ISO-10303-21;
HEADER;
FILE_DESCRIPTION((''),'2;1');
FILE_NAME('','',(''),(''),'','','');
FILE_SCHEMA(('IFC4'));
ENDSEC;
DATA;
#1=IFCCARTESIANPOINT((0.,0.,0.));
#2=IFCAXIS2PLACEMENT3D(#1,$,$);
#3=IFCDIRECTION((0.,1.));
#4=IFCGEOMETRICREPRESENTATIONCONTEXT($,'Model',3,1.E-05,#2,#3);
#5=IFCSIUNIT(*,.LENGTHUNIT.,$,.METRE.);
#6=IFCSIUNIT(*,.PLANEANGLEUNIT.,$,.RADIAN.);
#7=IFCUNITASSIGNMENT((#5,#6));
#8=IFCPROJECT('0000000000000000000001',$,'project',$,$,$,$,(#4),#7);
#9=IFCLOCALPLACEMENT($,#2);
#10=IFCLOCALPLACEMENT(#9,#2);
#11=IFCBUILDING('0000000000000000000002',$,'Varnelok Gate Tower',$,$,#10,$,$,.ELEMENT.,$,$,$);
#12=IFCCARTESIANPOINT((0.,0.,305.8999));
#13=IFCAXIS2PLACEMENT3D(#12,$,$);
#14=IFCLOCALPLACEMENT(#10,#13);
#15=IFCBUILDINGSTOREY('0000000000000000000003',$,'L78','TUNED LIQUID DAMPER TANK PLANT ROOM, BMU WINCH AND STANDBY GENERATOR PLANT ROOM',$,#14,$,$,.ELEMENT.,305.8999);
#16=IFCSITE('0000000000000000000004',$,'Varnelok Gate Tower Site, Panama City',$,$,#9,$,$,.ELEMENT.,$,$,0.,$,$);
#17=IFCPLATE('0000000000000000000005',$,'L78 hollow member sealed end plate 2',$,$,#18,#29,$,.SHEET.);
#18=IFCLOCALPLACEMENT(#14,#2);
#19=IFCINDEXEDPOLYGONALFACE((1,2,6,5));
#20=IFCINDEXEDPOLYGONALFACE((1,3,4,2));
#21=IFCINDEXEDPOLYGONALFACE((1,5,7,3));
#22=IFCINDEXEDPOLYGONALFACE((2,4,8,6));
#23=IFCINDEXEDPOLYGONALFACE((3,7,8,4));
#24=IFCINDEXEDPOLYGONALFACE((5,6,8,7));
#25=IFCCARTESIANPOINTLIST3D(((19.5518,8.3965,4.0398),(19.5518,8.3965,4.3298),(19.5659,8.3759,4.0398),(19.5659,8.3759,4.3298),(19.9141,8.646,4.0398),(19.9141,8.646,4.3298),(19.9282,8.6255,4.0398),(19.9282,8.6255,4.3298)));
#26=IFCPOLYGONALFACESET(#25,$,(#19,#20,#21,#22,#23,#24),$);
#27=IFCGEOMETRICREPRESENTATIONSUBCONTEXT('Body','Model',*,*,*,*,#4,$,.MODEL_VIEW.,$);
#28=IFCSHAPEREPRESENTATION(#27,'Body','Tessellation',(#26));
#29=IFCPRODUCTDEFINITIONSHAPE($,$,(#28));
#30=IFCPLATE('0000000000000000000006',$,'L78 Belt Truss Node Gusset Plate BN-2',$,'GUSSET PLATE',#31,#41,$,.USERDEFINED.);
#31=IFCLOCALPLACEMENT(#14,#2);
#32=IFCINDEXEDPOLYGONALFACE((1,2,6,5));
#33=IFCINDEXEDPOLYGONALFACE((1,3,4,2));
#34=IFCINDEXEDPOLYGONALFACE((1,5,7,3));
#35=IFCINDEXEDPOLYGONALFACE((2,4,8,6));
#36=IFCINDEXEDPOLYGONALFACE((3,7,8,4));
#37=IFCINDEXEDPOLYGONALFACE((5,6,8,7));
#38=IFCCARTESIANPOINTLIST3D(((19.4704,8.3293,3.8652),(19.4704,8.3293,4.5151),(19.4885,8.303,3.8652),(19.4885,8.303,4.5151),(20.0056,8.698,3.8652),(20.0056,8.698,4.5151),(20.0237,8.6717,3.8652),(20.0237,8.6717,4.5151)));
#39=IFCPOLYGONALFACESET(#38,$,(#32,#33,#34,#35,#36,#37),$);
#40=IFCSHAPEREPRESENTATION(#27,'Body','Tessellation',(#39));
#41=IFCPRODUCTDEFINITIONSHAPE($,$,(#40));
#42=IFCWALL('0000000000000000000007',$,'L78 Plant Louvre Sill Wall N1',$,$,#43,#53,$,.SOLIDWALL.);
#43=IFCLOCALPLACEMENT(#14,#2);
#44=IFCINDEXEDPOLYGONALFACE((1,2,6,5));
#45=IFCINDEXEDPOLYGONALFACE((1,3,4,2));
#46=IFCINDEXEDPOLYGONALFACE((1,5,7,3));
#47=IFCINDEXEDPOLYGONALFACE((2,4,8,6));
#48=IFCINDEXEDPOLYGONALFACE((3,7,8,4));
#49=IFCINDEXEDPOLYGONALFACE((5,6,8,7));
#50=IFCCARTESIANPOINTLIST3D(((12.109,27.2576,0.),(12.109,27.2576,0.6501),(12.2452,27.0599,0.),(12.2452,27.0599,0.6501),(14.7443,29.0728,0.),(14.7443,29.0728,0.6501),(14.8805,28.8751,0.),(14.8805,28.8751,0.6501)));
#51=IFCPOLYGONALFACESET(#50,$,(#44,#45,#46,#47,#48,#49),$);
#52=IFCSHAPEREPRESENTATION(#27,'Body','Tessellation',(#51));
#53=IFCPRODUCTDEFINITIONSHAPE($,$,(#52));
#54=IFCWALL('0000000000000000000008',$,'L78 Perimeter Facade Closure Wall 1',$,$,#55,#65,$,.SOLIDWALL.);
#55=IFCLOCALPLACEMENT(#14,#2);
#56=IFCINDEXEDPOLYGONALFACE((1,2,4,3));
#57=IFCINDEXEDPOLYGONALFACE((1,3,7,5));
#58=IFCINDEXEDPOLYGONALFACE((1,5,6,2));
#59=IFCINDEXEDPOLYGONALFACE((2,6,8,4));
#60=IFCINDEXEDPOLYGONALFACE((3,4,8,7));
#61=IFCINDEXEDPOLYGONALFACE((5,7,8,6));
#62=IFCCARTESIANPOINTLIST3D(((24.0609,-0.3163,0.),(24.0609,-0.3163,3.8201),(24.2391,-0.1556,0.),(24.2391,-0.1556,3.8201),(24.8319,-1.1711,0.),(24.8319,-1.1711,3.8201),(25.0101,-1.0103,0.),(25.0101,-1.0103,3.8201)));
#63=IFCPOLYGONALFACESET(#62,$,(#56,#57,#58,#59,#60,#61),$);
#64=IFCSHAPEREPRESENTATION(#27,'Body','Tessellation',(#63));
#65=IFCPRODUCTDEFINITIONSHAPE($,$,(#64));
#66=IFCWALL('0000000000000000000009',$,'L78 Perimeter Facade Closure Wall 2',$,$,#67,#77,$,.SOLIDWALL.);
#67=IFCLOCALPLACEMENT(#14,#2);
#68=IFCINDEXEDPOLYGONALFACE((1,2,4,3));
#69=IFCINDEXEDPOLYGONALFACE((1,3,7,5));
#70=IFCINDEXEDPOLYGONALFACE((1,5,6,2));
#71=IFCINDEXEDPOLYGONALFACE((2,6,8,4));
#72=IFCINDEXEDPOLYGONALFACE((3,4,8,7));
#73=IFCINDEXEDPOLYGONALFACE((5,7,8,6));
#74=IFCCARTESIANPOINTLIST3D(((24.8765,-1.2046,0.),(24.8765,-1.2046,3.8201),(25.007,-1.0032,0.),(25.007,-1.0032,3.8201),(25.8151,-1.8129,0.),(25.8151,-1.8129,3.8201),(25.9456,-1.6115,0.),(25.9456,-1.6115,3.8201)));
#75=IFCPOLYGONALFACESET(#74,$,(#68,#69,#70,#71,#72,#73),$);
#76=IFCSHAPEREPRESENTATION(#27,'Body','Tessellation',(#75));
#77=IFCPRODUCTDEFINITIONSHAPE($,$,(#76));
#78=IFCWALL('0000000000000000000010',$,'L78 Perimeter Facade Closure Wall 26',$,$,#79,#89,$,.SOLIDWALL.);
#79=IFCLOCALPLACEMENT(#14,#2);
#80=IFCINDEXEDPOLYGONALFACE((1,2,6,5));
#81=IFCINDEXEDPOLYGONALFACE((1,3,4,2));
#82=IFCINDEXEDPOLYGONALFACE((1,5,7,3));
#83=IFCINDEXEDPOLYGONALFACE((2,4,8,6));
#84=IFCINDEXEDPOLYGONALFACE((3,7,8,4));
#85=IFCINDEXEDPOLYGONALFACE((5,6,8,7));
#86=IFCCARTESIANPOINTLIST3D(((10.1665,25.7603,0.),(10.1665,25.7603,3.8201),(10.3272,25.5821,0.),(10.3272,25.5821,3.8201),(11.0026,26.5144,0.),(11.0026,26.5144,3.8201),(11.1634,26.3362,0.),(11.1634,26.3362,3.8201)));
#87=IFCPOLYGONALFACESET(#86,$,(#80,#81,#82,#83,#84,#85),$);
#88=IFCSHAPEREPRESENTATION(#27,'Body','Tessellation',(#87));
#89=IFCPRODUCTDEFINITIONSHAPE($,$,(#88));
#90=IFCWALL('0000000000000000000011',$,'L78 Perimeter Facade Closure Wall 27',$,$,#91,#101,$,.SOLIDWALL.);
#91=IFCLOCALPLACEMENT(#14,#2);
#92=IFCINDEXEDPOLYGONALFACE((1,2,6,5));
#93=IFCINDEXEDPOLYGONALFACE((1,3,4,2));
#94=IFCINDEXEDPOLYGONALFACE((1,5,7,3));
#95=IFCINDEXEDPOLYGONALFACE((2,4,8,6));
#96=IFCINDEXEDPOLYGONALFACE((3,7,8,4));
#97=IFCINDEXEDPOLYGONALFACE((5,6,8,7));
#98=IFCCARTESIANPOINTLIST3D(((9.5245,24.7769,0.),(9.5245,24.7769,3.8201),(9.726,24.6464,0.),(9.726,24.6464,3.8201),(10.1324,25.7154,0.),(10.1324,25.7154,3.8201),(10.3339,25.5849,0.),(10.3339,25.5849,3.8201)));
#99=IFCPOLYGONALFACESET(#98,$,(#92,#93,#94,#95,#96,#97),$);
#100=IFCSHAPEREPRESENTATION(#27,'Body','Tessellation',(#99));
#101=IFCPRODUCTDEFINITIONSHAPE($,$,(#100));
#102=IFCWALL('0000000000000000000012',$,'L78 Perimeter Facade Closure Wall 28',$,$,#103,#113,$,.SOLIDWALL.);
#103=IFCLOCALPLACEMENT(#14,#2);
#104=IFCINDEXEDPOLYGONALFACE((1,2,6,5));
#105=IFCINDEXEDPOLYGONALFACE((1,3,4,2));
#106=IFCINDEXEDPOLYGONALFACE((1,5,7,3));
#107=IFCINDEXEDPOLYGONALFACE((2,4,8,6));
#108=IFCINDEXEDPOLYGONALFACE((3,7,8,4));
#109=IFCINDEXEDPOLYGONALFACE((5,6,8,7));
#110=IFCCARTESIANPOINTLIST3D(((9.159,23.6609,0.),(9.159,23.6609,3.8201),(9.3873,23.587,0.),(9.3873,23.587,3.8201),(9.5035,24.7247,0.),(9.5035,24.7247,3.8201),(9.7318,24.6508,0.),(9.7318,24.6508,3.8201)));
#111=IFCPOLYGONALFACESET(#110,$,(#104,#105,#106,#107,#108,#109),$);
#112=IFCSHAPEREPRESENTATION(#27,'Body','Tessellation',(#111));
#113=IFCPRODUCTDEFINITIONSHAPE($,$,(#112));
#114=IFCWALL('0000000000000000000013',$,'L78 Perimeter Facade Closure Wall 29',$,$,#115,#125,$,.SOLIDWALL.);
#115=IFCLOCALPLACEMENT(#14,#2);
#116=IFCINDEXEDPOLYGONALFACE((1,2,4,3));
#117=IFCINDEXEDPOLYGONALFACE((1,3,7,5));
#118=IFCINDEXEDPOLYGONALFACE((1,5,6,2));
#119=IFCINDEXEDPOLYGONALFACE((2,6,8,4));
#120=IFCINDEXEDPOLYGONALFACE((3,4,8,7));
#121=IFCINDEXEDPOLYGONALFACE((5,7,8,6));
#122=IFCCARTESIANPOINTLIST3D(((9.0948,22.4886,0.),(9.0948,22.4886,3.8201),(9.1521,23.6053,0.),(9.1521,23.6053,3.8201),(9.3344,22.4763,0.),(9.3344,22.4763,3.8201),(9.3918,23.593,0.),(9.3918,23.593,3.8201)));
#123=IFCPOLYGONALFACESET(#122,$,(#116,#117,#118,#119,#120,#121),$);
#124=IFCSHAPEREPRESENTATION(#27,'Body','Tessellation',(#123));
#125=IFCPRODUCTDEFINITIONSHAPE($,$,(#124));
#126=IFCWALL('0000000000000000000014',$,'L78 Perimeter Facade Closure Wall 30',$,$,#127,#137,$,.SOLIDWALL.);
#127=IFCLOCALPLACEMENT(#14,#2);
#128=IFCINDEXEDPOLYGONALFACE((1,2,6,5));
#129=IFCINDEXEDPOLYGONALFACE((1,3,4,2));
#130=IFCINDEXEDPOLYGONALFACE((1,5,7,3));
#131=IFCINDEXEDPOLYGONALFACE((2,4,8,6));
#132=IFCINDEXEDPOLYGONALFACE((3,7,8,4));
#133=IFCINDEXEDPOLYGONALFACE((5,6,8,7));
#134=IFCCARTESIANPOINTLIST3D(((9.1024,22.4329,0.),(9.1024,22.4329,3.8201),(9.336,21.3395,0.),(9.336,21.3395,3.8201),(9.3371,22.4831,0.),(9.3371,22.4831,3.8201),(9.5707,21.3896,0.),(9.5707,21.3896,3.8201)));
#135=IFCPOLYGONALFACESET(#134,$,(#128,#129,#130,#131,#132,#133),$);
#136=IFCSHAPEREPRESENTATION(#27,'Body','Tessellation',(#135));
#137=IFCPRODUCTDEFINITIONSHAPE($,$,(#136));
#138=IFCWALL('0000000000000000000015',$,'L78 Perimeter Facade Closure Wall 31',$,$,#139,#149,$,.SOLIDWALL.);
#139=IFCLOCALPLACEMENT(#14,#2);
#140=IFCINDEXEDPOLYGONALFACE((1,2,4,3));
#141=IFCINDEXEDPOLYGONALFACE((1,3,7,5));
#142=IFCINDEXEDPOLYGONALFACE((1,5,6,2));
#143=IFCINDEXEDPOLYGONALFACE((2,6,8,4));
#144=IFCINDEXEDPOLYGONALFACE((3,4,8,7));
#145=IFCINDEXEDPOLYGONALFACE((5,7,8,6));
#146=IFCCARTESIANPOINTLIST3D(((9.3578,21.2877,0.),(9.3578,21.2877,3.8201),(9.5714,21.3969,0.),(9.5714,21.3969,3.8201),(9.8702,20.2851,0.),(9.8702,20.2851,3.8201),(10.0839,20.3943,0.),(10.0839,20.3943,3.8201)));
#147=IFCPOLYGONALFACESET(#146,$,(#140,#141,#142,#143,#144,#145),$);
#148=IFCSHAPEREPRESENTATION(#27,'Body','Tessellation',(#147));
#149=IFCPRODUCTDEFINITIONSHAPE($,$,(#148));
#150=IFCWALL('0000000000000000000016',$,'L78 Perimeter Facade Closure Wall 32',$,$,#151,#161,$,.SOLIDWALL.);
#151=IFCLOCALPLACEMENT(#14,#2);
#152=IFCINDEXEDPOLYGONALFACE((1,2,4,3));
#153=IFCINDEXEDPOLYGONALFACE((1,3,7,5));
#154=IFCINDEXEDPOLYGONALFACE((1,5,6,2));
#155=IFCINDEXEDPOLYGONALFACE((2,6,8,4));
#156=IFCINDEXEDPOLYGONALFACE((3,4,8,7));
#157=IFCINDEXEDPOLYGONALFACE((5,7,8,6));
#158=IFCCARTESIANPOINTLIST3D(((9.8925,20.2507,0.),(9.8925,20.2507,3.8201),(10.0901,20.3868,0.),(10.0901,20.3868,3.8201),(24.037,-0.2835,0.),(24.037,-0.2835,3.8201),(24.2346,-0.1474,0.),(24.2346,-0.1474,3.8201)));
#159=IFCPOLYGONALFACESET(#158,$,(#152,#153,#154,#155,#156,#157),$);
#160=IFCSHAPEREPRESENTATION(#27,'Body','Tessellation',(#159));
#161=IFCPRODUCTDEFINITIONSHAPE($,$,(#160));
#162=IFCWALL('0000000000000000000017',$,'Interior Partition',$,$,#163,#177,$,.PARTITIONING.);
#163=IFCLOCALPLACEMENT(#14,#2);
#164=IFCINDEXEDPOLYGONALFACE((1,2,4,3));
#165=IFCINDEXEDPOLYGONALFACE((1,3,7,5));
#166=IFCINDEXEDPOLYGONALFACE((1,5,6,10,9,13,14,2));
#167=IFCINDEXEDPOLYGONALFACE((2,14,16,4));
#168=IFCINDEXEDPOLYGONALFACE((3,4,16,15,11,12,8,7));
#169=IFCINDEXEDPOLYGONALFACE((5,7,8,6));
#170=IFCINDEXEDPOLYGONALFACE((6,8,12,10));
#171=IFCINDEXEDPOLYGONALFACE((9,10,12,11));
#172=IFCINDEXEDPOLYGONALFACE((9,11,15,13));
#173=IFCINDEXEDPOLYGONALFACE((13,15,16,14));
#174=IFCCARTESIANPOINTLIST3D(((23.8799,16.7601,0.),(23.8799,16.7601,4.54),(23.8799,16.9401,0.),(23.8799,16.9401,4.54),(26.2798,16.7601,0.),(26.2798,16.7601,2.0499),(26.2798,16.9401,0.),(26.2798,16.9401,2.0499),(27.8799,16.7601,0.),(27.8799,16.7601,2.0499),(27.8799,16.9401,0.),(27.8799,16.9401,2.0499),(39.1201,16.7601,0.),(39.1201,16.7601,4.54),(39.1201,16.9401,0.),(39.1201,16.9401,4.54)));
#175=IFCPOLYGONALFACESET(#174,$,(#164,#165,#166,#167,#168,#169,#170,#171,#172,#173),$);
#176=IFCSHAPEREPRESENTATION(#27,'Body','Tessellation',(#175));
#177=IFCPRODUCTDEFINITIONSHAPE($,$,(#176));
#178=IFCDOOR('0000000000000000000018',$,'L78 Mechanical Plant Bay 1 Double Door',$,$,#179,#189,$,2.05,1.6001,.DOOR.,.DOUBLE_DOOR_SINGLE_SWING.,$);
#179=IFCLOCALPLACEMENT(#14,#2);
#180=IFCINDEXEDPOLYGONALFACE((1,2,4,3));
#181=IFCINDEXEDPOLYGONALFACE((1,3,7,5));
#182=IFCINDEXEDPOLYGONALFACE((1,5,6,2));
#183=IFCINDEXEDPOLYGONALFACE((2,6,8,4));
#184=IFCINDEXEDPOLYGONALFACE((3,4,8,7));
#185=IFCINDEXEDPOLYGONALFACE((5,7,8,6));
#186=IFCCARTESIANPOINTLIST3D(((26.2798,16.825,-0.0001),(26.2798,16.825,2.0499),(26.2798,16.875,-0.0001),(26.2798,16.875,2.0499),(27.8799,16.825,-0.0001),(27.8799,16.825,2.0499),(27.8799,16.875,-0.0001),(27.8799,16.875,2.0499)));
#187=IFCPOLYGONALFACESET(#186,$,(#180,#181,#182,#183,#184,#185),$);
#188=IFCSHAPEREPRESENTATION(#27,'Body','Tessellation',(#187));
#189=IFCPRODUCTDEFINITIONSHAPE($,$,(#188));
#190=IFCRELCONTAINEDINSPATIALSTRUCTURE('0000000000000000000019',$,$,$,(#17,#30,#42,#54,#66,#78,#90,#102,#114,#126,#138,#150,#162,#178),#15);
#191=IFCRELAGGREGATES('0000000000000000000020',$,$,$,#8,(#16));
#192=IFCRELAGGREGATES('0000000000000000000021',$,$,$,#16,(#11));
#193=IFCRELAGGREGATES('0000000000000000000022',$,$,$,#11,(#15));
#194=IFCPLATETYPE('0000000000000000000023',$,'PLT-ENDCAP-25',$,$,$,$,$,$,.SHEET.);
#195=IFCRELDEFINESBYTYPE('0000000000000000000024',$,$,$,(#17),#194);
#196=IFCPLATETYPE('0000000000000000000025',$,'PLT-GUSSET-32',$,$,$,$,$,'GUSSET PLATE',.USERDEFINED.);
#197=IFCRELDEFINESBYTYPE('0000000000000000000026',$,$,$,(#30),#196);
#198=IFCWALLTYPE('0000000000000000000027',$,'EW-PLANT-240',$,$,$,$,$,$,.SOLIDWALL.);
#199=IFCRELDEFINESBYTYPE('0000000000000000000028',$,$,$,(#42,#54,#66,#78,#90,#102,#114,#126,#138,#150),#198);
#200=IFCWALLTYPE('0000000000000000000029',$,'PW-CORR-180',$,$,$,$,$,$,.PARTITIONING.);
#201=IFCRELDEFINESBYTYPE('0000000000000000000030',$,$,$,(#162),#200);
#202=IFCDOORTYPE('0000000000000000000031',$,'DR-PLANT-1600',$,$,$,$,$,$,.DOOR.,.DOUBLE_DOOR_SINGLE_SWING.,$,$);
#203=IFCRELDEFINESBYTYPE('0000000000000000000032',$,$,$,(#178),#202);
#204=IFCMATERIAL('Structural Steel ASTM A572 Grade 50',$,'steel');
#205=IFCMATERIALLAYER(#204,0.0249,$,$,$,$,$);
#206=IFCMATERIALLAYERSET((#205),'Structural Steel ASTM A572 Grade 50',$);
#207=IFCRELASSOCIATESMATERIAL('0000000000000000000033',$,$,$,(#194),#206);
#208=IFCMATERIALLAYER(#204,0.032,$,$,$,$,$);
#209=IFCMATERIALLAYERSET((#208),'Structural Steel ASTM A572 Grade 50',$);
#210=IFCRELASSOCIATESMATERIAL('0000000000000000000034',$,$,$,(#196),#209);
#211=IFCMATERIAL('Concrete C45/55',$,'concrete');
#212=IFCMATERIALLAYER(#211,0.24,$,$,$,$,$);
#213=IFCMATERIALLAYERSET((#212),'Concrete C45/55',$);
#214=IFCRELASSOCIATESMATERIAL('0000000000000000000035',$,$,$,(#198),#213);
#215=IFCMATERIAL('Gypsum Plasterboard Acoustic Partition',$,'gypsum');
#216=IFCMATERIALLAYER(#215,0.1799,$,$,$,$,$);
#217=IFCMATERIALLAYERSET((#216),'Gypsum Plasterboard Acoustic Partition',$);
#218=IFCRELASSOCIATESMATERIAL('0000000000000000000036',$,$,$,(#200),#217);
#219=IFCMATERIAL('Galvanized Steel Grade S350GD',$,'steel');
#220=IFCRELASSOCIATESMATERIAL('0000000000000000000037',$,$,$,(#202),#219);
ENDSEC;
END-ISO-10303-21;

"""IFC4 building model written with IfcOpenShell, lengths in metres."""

from ifc_helpers import new_model, si_unit, direction, frame, frame_2d, origin, origin_2d, place, context, subcontext, project, spatial, rectangle, extrude, source, transform, mapped, material, layer, layer_set, type_object, element, fill, save


model = new_model("IFC4")

# Units and contexts
model_context = context("Model", 3, precision=1e-05, world=origin(), true_north=direction((0.0, 1.0)))
body_context = subcontext(model_context, "Body", "Model", "MODEL_VIEW")
ifc_project = project(units=[si_unit("LENGTHUNIT", "METRE"), si_unit("PLANEANGLEUNIT", "RADIAN")], contexts=[model_context])

# Site, building, storey
site_placement = place(None, origin())
site = spatial("IfcSite", under=ifc_project, at=site_placement, Name="Varnelok Gate Tower Site, Panama City", CompositionType="ELEMENT", RefElevation=0.0)
building_placement = place(site_placement, origin())
building = spatial("IfcBuilding", under=site, at=building_placement, Name="Varnelok Gate Tower", CompositionType="ELEMENT")
storey_placement = place(building_placement, frame((0.0, 0.0, 305.8999)))
storey = spatial("IfcBuildingStorey", under=building, at=storey_placement, Name="L78", Description="TUNED LIQUID DAMPER TANK PLANT ROOM, BMU WINCH AND STANDBY GENERATOR PLANT ROOM", CompositionType="ELEMENT", Elevation=305.8999)

# Plates
ifc_material_1 = material(Name="Structural Steel ASTM A572 Grade 50", Category="steel")
ifc_layer_1 = layer(ifc_material_1, 0.0249)
ifc_layer_set_1 = layer_set([ifc_layer_1], Name="Structural Steel ASTM A572 Grade 50")
plate_type_1 = type_object("IfcPlateType", Name="PLT-ENDCAP-25", PredefinedType="SHEET", material=ifc_layer_set_1)
shared_shape_1 = source(origin(), body_context, "Body", "SweptSolid", [
    extrude(rectangle(XDim=0.0249, YDim=0.4399, at=origin_2d()), origin(), (0.0, 0.0, 1.0), 0.29),
])
for number, where, z_axis, x_axis, name in (
    (1, (19.74, 8.511, 4.0398), (0.0, 0.0, 1.0), (0.567269, -0.823533, 0.0), "L78 hollow member sealed end plate 2"),
):
    element("IfcPlate", number, at=place(storey_placement, frame(where, z_axis=z_axis, x_axis=x_axis)), inside=storey, type_object=plate_type_1, Name=name, PredefinedType="SHEET", context=body_context, shape_type="MappedRepresentation", body=[
        mapped(shared_shape_1, transform((0.0, 0.0, 0.0), scale=1.0)),
    ])
ifc_layer_2 = layer(ifc_material_1, 0.032)
ifc_layer_set_2 = layer_set([ifc_layer_2], Name="Structural Steel ASTM A572 Grade 50")
plate_type_2 = type_object("IfcPlateType", Name="PLT-GUSSET-32", ElementType="GUSSET PLATE", PredefinedType="USERDEFINED", material=ifc_layer_set_2)
shared_shape_2 = source(origin(), body_context, "Body", "SweptSolid", [
    extrude(rectangle(XDim=0.6499, YDim=0.032, at=origin_2d()), origin(), (0.0, 0.0, 1.0), 0.6499),
])
plate_placement = place(storey_placement, frame((19.7471, 8.5005, 3.8652), z_axis=(0.0, 0.0, 1.0), x_axis=(0.823533, 0.567269, 0.0)))
element("IfcPlate", 2, at=plate_placement, inside=storey, type_object=plate_type_2, Name="L78 Belt Truss Node Gusset Plate BN-2", ObjectType="GUSSET PLATE", PredefinedType="USERDEFINED", context=body_context, shape_type="MappedRepresentation", body=[
    mapped(shared_shape_2, transform((0.0, 0.0, 0.0), scale=1.0)),
])

# Walls
ifc_material_2 = material(Name="Concrete C45/55", Category="concrete")
ifc_layer_3 = layer(ifc_material_2, 0.24)
ifc_layer_set_3 = layer_set([ifc_layer_3], Name="Concrete C45/55")
wall_type_1 = type_object("IfcWallType", Name="EW-PLANT-240", PredefinedType="SOLIDWALL", material=ifc_layer_set_3)
wall_1_placement = place(storey_placement, frame((12.177, 27.1587, 0.0), z_axis=(0.0, 0.0, 1.0), x_axis=(0.823538, 0.56726, 0.0)))
element("IfcWall", 3, at=wall_1_placement, inside=storey, type_object=wall_type_1, Name="L78 Plant Louvre Sill Wall N1", PredefinedType="SOLIDWALL", context=body_context, shape_type="SweptSolid", body=[
    extrude(rectangle(XDim=3.2, YDim=0.24, at=frame_2d((1.6001, 0.0))), origin(), (0.0, 0.0, 1.0), 0.6501),
])
wall_2_placement = place(storey_placement, frame((24.1499, -0.2358, 0.0), z_axis=(0.0, 0.0, 1.0), x_axis=(0.669796, -0.742545, 0.0)))
element("IfcWall", 4, at=wall_2_placement, inside=storey, type_object=wall_type_1, Name="L78 Perimeter Facade Closure Wall 1", PredefinedType="SOLIDWALL", context=body_context, shape_type="SweptSolid", body=[
    extrude(rectangle(XDim=1.1511, YDim=0.24, at=frame_2d((0.5757, 0.0))), origin(), (0.0, 0.0, 1.0), 3.8201),
])
wall_3_placement = place(storey_placement, frame((24.9419, -1.104, 0.0), z_axis=(0.0, 0.0, 1.0), x_axis=(0.839201, -0.543821, 0.0)))
element("IfcWall", 5, at=wall_3_placement, inside=storey, type_object=wall_type_1, Name="L78 Perimeter Facade Closure Wall 2", PredefinedType="SOLIDWALL", context=body_context, shape_type="SweptSolid", body=[
    extrude(rectangle(XDim=1.1184, YDim=0.24, at=frame_2d((0.5591, 0.0))), origin(), (0.0, 0.0, 1.0), 3.8201),
])
wall_4_placement = place(storey_placement, frame((11.083, 26.4253, 0.0), z_axis=(0.0, 0.0, 1.0), x_axis=(-0.742593, -0.669743, 0.0)))
element("IfcWall", 6, at=wall_4_placement, inside=storey, type_object=wall_type_1, Name="L78 Perimeter Facade Closure Wall 26", PredefinedType="SOLIDWALL", context=body_context, shape_type="SweptSolid", body=[
    extrude(rectangle(XDim=1.126, YDim=0.24, at=frame_2d((0.563, 0.0))), origin(), (0.0, 0.0, 1.0), 3.8201),
])
for number, where, z_axis, x_axis, name in (
    (7, (10.2332, 25.6501, 0.0), (0.0, 0.0, 1.0), (-0.543668, -0.839301, 0.0), "L78 Perimeter Facade Closure Wall 27"),
    (8, (9.6177, 24.6877, 0.0), (0.0, 0.0, 1.0), (-0.308094, -0.951356, 0.0), "L78 Perimeter Facade Closure Wall 28"),
    (9, (9.272, 23.5991, 0.0), (0.0, 0.0, 1.0), (-0.05131, -0.998683, 0.0), "L78 Perimeter Facade Closure Wall 29"),
    (10, (9.2197, 22.458, 0.0), (0.0, 0.0, 1.0), (0.208948, -0.977927, 0.0), "L78 Perimeter Facade Closure Wall 30"),
):
    element("IfcWall", number, at=place(storey_placement, frame(where, z_axis=z_axis, x_axis=x_axis)), inside=storey, type_object=wall_type_1, Name=name, PredefinedType="SOLIDWALL", context=body_context, shape_type="SweptSolid", body=[
        extrude(rectangle(XDim=1.1182, YDim=0.24, at=frame_2d((0.5591, 0.0))), origin(), (0.0, 0.0, 1.0), 3.8201),
    ])
wall_5_placement = place(storey_placement, frame((9.4646, 21.3423, 0.0), z_axis=(0.0, 0.0, 1.0), x_axis=(0.455088, -0.890446, 0.0)))
element("IfcWall", 11, at=wall_5_placement, inside=storey, type_object=wall_type_1, Name="L78 Perimeter Facade Closure Wall 31", PredefinedType="SOLIDWALL", context=body_context, shape_type="SweptSolid", body=[
    extrude(rectangle(XDim=1.126, YDim=0.24, at=frame_2d((0.563, 0.0))), origin(), (0.0, 0.0, 1.0), 3.8201),
])
wall_6_placement = place(storey_placement, frame((9.9912, 20.3188, 0.0), z_axis=(0.0, 0.0, 1.0), x_axis=(0.567272, -0.823531, 0.0)))
element("IfcWall", 12, at=wall_6_placement, inside=storey, type_object=wall_type_1, Name="L78 Perimeter Facade Closure Wall 32", PredefinedType="SOLIDWALL", context=body_context, shape_type="SweptSolid", body=[
    extrude(rectangle(XDim=24.9343, YDim=0.24, at=frame_2d((12.4673, 0.0))), origin(), (0.0, 0.0, 1.0), 3.8201),
])

# Wall, opening, door
ifc_material_3 = material(Name="Gypsum Plasterboard Acoustic Partition", Category="gypsum")
ifc_layer_4 = layer(ifc_material_3, 0.1799)
ifc_layer_set_4 = layer_set([ifc_layer_4], Name="Gypsum Plasterboard Acoustic Partition")
wall_type_2 = type_object("IfcWallType", Name="PW-CORR-180", PredefinedType="PARTITIONING", material=ifc_layer_set_4)
wall_7_placement = place(storey_placement, frame((23.8799, 16.8501, 0.0), z_axis=(0.0, 0.0, 1.0), x_axis=(1.0, 0.0, 0.0)))
wall_7 = element("IfcWall", 13, at=wall_7_placement, inside=storey, type_object=wall_type_2, Name="Interior Partition", PredefinedType="PARTITIONING", context=body_context, shape_type="SweptSolid", body=[
    extrude(rectangle(XDim=15.2402, YDim=0.1799, at=frame_2d((7.6201, 0.0))), origin(), (0.0, 0.0, 1.0), 4.54),
])
opening_placement = place(wall_7_placement, frame((2.3999, 0.0, 0.0)))
opening = element("IfcOpeningElement", 14, at=opening_placement, cuts=wall_7, PredefinedType="OPENING", context=body_context, shape_type="SweptSolid", body=[
    extrude(rectangle(XDim=1.6001, YDim=2.05, at=frame_2d((0.8, 1.0249))), frame((0.0, 0.0999, 0.0), z_axis=(0.0, -1.0, 0.0), x_axis=(1.0, 0.0, 0.0)), (0.0, 0.0, 1.0), 0.2),
])
ifc_material_4 = material(Name="Galvanized Steel Grade S350GD", Category="steel")
door_type = type_object("IfcDoorType", Name="DR-PLANT-1600", OperationType="DOUBLE_DOOR_SINGLE_SWING", PredefinedType="DOOR", material=ifc_material_4)
door_placement = place(opening_placement, origin())
door = element("IfcDoor", 15, at=door_placement, inside=storey, type_object=door_type, Name="L78 Mechanical Plant Bay 1 Double Door", OperationType="DOUBLE_DOOR_SINGLE_SWING", OverallHeight=2.05, OverallWidth=1.6001, PredefinedType="DOOR", context=body_context, shape_type="SweptSolid", body=[
    extrude(rectangle(XDim=1.6001, YDim=2.05, at=frame_2d((0.8, 1.0249))), frame((0.0, 0.0249, 0.0), z_axis=(0.0, -1.0, 0.0), x_axis=(1.0, 0.0, 0.0)), (0.0, 0.0, 1.0), 0.05),
])
fill(opening, door)

save(model, "model.ifc")
